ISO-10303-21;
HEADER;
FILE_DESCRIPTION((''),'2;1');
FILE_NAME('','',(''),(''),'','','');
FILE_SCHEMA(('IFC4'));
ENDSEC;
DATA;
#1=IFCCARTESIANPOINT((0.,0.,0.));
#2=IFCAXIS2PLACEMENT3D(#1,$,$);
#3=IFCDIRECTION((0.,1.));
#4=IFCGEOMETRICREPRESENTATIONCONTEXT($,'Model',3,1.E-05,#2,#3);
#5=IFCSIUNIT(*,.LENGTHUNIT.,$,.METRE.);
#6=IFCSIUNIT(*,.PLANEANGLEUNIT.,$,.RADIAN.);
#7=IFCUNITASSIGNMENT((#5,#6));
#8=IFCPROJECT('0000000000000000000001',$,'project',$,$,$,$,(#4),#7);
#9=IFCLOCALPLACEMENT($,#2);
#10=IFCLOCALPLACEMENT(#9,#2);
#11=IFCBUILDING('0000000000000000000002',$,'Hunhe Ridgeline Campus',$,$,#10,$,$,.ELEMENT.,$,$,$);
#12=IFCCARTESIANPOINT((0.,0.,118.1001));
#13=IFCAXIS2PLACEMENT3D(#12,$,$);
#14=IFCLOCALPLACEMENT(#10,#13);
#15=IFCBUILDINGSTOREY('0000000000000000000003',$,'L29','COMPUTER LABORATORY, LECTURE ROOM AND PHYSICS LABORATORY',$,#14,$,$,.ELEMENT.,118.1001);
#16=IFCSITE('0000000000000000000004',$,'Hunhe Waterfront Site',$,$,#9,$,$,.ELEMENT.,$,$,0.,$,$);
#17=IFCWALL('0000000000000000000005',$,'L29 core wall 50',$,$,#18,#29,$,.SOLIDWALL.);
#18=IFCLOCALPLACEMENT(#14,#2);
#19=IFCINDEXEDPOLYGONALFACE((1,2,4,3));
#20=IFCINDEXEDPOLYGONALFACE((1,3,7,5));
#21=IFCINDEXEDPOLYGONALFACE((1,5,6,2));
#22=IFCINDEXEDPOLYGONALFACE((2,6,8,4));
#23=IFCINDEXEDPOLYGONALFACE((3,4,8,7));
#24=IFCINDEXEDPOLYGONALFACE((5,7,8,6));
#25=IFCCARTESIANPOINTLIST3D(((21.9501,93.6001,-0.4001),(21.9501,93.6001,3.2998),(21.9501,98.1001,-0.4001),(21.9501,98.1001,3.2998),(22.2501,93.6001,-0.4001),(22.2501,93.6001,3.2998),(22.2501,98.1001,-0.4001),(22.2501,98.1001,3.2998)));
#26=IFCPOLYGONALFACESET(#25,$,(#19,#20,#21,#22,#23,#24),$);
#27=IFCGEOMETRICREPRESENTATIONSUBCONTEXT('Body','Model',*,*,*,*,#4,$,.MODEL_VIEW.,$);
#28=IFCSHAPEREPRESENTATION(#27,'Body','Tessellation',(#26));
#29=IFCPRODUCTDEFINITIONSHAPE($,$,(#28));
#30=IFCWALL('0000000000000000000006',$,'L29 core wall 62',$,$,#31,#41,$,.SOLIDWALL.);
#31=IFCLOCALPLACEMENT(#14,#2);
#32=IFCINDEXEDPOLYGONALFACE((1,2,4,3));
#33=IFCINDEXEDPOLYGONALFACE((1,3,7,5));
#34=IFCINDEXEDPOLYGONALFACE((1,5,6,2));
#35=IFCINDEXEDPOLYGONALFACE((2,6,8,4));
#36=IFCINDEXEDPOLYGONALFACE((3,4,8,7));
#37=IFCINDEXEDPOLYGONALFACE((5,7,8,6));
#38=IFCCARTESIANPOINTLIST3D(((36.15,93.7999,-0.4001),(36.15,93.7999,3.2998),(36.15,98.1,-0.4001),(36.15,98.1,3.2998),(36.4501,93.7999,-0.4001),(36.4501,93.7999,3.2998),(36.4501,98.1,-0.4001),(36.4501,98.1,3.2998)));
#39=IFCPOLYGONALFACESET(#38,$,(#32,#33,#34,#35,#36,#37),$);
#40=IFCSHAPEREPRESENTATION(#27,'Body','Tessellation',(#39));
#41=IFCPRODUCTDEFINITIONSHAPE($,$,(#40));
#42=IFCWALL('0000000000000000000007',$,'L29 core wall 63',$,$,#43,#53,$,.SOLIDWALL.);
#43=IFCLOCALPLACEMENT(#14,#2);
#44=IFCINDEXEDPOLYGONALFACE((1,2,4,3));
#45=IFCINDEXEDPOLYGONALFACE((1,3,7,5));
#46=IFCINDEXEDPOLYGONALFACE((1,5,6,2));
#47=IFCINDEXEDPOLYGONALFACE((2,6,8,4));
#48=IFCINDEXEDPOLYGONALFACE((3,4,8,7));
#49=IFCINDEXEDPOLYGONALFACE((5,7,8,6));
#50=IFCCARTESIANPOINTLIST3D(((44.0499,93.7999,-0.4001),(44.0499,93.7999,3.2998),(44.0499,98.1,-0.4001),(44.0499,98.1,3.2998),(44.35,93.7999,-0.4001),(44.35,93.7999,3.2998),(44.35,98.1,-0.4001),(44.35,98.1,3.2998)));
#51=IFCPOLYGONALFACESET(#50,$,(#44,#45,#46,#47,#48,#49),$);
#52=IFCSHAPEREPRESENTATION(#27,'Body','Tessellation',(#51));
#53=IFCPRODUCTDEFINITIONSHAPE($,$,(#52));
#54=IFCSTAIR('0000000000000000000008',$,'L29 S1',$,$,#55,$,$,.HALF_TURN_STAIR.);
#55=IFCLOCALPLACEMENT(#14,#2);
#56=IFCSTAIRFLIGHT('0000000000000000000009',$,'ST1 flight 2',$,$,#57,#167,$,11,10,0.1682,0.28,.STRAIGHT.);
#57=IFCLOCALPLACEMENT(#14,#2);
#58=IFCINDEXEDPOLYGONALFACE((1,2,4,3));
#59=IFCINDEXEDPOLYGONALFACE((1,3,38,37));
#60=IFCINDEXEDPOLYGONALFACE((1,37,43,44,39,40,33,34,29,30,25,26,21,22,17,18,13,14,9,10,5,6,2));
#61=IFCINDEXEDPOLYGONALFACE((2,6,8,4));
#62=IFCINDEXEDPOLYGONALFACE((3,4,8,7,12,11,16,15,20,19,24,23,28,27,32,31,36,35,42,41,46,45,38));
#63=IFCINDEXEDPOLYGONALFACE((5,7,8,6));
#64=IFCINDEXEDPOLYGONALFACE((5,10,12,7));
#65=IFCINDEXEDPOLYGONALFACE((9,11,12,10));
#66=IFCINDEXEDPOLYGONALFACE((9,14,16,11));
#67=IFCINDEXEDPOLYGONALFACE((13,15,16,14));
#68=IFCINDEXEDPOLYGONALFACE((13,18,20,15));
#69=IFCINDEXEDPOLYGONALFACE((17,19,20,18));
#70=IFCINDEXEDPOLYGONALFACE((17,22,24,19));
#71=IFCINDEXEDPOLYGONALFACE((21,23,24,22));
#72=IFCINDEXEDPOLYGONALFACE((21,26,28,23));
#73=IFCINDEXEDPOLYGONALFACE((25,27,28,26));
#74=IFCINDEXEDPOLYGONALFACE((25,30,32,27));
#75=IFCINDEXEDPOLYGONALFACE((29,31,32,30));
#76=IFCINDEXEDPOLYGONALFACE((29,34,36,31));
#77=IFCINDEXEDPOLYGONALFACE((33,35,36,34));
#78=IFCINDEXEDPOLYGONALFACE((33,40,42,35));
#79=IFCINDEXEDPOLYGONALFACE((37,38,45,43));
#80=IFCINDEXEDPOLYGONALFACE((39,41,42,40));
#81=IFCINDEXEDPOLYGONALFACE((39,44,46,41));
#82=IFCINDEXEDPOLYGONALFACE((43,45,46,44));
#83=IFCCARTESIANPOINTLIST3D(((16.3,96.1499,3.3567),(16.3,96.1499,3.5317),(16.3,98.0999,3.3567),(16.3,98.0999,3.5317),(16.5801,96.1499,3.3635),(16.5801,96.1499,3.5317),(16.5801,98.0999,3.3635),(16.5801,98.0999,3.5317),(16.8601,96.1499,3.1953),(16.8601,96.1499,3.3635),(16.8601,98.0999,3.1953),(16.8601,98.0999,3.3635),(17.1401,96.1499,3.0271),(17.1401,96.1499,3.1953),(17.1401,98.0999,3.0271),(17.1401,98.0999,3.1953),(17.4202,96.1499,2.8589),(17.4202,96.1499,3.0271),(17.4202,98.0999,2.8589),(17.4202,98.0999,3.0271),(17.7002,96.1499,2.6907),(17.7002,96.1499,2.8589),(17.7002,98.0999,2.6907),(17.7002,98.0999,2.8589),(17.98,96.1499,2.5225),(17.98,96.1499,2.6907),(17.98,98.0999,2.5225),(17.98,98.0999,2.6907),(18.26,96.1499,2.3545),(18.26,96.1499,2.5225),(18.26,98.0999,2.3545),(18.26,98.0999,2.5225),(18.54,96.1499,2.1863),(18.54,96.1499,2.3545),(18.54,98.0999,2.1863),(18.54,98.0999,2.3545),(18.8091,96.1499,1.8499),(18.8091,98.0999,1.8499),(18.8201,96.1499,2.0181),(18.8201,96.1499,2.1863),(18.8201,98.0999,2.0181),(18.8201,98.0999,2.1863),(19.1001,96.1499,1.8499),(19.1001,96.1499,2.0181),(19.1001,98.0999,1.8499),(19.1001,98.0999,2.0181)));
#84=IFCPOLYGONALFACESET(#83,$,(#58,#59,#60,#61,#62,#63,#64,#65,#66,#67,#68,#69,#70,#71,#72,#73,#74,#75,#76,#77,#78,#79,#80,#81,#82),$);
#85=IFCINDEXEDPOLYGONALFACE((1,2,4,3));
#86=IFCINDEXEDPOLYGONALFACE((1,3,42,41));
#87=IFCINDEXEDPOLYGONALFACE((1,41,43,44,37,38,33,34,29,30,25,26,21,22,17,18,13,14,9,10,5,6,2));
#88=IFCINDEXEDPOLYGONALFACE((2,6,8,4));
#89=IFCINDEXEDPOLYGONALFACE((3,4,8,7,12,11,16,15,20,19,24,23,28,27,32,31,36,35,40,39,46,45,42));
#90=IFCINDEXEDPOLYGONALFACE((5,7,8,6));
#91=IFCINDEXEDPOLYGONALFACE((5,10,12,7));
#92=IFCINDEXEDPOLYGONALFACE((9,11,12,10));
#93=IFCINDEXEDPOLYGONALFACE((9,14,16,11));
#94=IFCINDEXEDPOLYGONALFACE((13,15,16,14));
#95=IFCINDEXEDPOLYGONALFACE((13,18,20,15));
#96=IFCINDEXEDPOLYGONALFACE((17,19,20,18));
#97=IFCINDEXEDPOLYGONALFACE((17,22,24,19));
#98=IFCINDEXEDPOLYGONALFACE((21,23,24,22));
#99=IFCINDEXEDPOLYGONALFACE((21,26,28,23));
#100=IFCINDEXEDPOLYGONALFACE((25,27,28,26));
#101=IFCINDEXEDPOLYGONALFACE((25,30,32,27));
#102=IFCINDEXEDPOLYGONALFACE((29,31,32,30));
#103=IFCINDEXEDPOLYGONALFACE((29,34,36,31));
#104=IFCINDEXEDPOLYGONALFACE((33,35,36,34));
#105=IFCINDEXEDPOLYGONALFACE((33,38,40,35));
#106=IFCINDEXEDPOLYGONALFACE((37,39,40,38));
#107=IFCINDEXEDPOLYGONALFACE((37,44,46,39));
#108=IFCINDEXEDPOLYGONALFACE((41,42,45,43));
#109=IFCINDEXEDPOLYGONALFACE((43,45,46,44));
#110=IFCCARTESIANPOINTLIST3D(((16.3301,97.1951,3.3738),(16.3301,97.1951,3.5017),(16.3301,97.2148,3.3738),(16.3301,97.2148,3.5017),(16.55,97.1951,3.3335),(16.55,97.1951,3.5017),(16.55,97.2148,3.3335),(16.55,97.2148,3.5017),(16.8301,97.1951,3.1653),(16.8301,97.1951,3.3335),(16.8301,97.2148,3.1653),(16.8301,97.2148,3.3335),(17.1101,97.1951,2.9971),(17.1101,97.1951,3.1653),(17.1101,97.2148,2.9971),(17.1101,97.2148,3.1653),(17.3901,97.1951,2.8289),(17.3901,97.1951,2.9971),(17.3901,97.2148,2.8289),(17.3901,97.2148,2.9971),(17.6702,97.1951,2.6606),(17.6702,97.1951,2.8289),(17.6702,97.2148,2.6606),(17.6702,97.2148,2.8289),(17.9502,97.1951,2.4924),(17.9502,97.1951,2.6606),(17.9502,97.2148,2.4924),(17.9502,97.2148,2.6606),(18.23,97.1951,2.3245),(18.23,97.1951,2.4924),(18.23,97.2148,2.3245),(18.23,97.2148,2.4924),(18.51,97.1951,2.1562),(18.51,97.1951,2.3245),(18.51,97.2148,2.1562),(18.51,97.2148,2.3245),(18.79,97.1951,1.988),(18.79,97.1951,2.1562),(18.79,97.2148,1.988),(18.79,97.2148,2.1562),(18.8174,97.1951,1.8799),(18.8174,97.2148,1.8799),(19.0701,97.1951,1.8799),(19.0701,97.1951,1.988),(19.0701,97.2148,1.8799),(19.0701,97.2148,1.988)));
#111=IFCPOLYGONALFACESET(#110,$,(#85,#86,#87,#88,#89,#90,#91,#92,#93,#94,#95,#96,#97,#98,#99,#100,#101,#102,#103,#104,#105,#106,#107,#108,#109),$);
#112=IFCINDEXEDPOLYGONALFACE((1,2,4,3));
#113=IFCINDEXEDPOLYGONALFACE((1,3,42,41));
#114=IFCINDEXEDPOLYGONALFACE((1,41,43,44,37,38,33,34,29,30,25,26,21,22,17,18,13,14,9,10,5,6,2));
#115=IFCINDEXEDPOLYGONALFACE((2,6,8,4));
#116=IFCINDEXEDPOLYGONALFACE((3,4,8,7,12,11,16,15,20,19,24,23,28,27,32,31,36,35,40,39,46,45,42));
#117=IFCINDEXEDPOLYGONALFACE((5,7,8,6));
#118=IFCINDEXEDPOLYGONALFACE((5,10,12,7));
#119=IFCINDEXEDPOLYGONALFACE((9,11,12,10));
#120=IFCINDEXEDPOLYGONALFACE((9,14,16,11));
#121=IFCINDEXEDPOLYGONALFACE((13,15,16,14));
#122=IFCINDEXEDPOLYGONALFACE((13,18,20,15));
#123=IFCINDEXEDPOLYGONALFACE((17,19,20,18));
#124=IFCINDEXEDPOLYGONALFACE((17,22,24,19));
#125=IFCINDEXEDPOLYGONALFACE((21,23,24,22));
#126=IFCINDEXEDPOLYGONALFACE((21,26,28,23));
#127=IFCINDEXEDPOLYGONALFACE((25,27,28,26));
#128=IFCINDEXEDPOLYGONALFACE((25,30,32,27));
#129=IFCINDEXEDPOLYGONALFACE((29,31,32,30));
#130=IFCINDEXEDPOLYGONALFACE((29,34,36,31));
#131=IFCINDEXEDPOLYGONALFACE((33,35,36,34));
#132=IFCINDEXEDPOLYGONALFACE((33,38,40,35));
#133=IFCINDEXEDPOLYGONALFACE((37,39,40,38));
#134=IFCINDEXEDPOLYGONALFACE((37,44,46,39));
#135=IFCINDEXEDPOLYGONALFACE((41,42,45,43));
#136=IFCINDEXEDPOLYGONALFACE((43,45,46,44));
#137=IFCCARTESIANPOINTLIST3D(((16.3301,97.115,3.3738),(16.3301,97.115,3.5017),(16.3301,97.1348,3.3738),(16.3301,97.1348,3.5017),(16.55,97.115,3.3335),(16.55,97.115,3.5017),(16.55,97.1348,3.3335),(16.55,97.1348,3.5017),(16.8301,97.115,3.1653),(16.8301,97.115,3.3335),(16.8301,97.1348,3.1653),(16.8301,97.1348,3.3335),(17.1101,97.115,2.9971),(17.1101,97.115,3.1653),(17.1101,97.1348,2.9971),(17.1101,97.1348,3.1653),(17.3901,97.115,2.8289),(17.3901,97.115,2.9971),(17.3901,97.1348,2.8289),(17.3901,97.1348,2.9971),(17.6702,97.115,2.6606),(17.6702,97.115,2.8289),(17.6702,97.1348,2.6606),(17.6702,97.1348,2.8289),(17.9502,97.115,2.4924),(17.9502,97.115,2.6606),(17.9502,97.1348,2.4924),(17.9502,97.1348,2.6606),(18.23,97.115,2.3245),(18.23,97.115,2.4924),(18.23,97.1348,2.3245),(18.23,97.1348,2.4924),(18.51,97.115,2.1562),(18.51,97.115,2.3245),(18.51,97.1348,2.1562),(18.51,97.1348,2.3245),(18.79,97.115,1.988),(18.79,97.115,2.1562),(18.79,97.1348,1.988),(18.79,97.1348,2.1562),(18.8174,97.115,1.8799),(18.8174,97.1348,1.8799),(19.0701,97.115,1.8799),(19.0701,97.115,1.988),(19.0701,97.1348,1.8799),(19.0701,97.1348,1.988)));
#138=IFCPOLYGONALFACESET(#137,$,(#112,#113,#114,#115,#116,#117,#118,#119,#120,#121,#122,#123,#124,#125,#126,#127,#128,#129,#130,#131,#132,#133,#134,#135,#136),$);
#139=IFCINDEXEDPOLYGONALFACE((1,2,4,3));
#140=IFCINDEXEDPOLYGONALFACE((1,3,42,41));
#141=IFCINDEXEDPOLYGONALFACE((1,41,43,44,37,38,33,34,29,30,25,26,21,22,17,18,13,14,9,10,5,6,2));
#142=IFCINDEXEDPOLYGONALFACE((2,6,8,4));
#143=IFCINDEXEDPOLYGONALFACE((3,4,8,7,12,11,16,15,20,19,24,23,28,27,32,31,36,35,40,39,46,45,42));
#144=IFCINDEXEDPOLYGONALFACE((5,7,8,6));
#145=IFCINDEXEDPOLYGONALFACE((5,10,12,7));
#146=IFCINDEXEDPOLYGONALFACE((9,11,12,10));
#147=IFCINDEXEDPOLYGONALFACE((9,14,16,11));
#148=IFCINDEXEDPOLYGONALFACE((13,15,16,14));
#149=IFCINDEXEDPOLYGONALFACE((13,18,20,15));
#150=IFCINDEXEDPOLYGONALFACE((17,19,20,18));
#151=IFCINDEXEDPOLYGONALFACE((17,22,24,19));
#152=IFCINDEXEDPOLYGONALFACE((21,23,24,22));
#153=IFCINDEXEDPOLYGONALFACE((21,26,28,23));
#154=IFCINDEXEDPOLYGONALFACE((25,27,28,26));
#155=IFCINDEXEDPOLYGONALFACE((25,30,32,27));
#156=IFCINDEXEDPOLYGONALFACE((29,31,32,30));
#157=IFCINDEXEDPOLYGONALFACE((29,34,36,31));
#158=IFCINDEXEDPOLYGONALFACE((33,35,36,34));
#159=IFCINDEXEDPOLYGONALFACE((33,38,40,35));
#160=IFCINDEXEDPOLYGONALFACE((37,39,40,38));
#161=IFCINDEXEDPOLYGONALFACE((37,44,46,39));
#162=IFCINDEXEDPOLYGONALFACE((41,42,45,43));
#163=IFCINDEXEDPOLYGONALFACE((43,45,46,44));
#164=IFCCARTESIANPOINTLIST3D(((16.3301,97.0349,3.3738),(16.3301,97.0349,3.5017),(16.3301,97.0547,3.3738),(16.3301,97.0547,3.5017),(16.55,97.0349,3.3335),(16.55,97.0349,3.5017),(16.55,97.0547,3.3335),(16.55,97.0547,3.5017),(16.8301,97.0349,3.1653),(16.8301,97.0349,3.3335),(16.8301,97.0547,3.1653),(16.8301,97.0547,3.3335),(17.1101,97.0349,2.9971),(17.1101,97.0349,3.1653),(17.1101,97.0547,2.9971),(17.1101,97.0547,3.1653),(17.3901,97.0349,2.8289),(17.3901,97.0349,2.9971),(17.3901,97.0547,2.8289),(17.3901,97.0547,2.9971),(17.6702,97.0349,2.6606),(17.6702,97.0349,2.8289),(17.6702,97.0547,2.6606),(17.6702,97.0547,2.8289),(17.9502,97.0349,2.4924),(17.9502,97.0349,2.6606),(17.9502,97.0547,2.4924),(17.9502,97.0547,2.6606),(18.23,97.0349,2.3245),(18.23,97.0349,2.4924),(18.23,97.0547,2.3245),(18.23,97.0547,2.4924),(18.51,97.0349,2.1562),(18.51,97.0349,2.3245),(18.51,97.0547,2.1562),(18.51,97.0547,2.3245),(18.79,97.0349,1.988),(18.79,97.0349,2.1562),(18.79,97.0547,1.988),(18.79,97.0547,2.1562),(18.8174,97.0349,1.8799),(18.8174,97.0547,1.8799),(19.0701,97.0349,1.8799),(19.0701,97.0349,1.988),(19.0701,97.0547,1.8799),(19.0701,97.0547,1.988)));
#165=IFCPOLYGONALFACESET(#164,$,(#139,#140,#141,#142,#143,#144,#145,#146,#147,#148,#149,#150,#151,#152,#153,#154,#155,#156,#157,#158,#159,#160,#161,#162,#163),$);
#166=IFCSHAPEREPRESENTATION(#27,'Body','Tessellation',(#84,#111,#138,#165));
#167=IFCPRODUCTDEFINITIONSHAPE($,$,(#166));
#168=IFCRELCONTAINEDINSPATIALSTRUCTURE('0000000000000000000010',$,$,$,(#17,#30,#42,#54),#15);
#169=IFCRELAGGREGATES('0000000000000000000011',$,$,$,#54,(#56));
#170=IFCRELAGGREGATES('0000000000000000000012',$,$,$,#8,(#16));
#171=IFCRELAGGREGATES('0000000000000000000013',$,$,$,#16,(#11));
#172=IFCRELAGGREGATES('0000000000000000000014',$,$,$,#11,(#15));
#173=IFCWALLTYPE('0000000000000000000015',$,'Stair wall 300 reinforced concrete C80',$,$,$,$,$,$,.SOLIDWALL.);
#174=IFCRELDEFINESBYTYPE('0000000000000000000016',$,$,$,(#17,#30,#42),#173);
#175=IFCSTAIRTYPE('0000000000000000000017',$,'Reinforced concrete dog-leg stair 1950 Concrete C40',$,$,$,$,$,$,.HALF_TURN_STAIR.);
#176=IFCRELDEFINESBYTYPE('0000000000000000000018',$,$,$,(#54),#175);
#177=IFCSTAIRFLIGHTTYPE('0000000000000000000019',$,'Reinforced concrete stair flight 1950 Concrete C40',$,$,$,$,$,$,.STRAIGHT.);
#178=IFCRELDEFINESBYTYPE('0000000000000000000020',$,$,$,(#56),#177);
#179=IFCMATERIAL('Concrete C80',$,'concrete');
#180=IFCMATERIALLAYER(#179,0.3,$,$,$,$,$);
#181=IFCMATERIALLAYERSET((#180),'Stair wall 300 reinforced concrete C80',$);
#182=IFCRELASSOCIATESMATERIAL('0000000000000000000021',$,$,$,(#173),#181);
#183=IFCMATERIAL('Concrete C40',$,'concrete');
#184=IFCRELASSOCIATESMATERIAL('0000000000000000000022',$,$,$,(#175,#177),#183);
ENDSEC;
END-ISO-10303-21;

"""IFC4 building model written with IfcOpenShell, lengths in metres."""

from ifc_helpers import new_model, si_unit, direction, frame, frame_2d, origin, place, context, subcontext, project, spatial, polyline, rectangle, outline, extrude, material, layer, layer_set, type_object, element, aggregate, save


model = new_model("IFC4")

# Units and contexts
model_context = context("Model", 3, precision=1e-05, world=origin(), true_north=direction((0.0, 1.0)))
body_context = subcontext(model_context, "Body", "Model", "MODEL_VIEW")
ifc_project = project(units=[si_unit("LENGTHUNIT", "METRE"), si_unit("PLANEANGLEUNIT", "RADIAN")], contexts=[model_context])

# Site, building, storey
site_placement = place(None, origin())
site = spatial("IfcSite", under=ifc_project, at=site_placement, Name="Hunhe Waterfront Site", CompositionType="ELEMENT", RefElevation=0.0)
building_placement = place(site_placement, origin())
building = spatial("IfcBuilding", under=site, at=building_placement, Name="Hunhe Ridgeline Campus", CompositionType="ELEMENT")
storey_placement = place(building_placement, frame((0.0, 0.0, 118.1001)))
storey = spatial("IfcBuildingStorey", under=building, at=storey_placement, Name="L29", Description="COMPUTER LABORATORY, LECTURE ROOM AND PHYSICS LABORATORY", CompositionType="ELEMENT", Elevation=118.1001)

# Shared definitions
ifc_material_1 = material(Name="Concrete C80", Category="concrete")

# Shared definitions
ifc_layer_1 = layer(ifc_material_1, 0.3)
ifc_layer_set_1 = layer_set([ifc_layer_1], Name="Stair wall 300 reinforced concrete C80")
wall_type_1 = type_object("IfcWallType", Name="Stair wall 300 reinforced concrete C80", PredefinedType="SOLIDWALL", material=ifc_layer_set_1)

# Walls
wall_1_placement = place(storey_placement, frame((22.1001, 93.6001, -0.4001), z_axis=(0.0, 0.0, 1.0), x_axis=(0.0, 1.0, 0.0)))
element("IfcWall", 1, at=wall_1_placement, inside=storey, type_object=wall_type_1, Name="L29 core wall 50", PredefinedType="SOLIDWALL", context=body_context, shape_type="SweptSolid", body=[
    extrude(rectangle(XDim=4.5, YDim=0.3, at=frame_2d((2.25, 0.0))), origin(), (0.0, 0.0, 1.0), 3.7),
])
for number, where, z_axis, x_axis, name in (
    (2, (36.3, 93.8, -0.4001), (0.0, 0.0, 1.0), (0.0, 1.0, 0.0), "L29 core wall 62"),
    (3, (44.2, 93.8, -0.4001), (0.0, 0.0, 1.0), (0.0, 1.0, 0.0), "L29 core wall 63"),
):
    element("IfcWall", number, at=place(storey_placement, frame(where, z_axis=z_axis, x_axis=x_axis)), inside=storey, type_object=wall_type_1, Name=name, PredefinedType="SOLIDWALL", context=body_context, shape_type="SweptSolid", body=[
        extrude(rectangle(XDim=4.3, YDim=0.3, at=frame_2d((2.1499, 0.0))), origin(), (0.0, 0.0, 1.0), 3.7),
    ])

# Stair, stair flight
ifc_material_2 = material(Name="Concrete C40", Category="concrete")
stair_type = type_object("IfcStairType", Name="Reinforced concrete dog-leg stair 1950 Concrete C40", PredefinedType="HALF_TURN_STAIR", material=ifc_material_2)
stair_1_placement = place(storey_placement, origin())
stair_1 = element("IfcStair", 4, at=stair_1_placement, inside=storey, type_object=stair_type, Name="L29 S1", PredefinedType="HALF_TURN_STAIR")
stair_flight_type = type_object("IfcStairFlightType", Name="Reinforced concrete stair flight 1950 Concrete C40", PredefinedType="STRAIGHT", material=ifc_material_2)
stair_flight_1_placement = place(storey_placement, frame((19.1001, 97.125, 1.8499), z_axis=(0.0, 0.0, 1.0), x_axis=(-1.0, 0.0, 0.0)))
stair_flight_1 = element("IfcStairFlight", 5, at=stair_flight_1_placement, type_object=stair_flight_type, Name="ST1 flight 2", NumberOfRisers=11, NumberOfTreads=10, PredefinedType="STRAIGHT", RiserHeight=0.1682, TreadLength=0.28, context=body_context, shape_type="SweptSolid", body=[
    extrude(outline(polyline([(0.0, 0.0), (0.0, 0.1682), (0.28, 0.1682), (0.28, 0.3364), (0.5601, 0.3364), (0.5601, 0.5046), (0.8401, 0.5046), (0.8401, 0.6726), (1.1201, 0.6726), (1.1201, 0.8408), (1.3999, 0.8408), (1.3999, 1.009), (1.6799, 1.009), (1.6799, 1.1772), (1.96, 1.1772), (1.96, 1.3455), (2.24, 1.3455), (2.24, 1.5137), (2.52, 1.5137), (2.52, 1.6819), (2.8, 1.6819), (2.8, 1.8501), (2.8, 1.5068), (0.291, 0.0), (0.0, 0.0)])), frame((0.0, 0.9751, 0.0), z_axis=(0.0, -1.0, 0.0), x_axis=(1.0, 0.0, 0.0)), (0.0, 0.0, 1.0), 1.95),
    extrude(outline(polyline([(0.03, 0.03), (0.03, 0.1382), (0.3101, 0.1382), (0.3101, 0.3064), (0.5901, 0.3064), (0.5901, 0.4746), (0.8701, 0.4746), (0.8701, 0.6426), (1.1499, 0.6426), (1.1499, 0.8108), (1.4299, 0.8108), (1.4299, 0.979), (1.71, 0.979), (1.71, 1.1472), (1.99, 1.1472), (1.99, 1.3154), (2.27, 1.3154), (2.27, 1.4836), (2.55, 1.4836), (2.55, 1.6519), (2.77, 1.6519), (2.77, 1.5239), (0.2827, 0.03), (0.03, 0.03)])), frame((0.0, -0.0701, 0.0), z_axis=(0.0, -1.0, 0.0), x_axis=(1.0, 0.0, 0.0)), (0.0, 0.0, 1.0), 0.0198),
    extrude(outline(polyline([(0.03, 0.03), (0.03, 0.1382), (0.3101, 0.1382), (0.3101, 0.3064), (0.5901, 0.3064), (0.5901, 0.4746), (0.8701, 0.4746), (0.8701, 0.6426), (1.1499, 0.6426), (1.1499, 0.8108), (1.4299, 0.8108), (1.4299, 0.979), (1.71, 0.979), (1.71, 1.1472), (1.99, 1.1472), (1.99, 1.3154), (2.27, 1.3154), (2.27, 1.4836), (2.55, 1.4836), (2.55, 1.6519), (2.77, 1.6519), (2.77, 1.5239), (0.2827, 0.03), (0.03, 0.03)])), frame((0.0, 0.01, 0.0), z_axis=(0.0, -1.0, 0.0), x_axis=(1.0, 0.0, 0.0)), (0.0, 0.0, 1.0), 0.0198),
    extrude(outline(polyline([(0.03, 0.03), (0.03, 0.1382), (0.3101, 0.1382), (0.3101, 0.3064), (0.5901, 0.3064), (0.5901, 0.4746), (0.8701, 0.4746), (0.8701, 0.6426), (1.1499, 0.6426), (1.1499, 0.8108), (1.4299, 0.8108), (1.4299, 0.979), (1.71, 0.979), (1.71, 1.1472), (1.99, 1.1472), (1.99, 1.3154), (2.27, 1.3154), (2.27, 1.4836), (2.55, 1.4836), (2.55, 1.6519), (2.77, 1.6519), (2.77, 1.5239), (0.2827, 0.03), (0.03, 0.03)])), frame((0.0, 0.0901, 0.0), z_axis=(0.0, -1.0, 0.0), x_axis=(1.0, 0.0, 0.0)), (0.0, 0.0, 1.0), 0.0198),
])
aggregate(stair_1, [stair_flight_1])

save(model, "model.ifc")
